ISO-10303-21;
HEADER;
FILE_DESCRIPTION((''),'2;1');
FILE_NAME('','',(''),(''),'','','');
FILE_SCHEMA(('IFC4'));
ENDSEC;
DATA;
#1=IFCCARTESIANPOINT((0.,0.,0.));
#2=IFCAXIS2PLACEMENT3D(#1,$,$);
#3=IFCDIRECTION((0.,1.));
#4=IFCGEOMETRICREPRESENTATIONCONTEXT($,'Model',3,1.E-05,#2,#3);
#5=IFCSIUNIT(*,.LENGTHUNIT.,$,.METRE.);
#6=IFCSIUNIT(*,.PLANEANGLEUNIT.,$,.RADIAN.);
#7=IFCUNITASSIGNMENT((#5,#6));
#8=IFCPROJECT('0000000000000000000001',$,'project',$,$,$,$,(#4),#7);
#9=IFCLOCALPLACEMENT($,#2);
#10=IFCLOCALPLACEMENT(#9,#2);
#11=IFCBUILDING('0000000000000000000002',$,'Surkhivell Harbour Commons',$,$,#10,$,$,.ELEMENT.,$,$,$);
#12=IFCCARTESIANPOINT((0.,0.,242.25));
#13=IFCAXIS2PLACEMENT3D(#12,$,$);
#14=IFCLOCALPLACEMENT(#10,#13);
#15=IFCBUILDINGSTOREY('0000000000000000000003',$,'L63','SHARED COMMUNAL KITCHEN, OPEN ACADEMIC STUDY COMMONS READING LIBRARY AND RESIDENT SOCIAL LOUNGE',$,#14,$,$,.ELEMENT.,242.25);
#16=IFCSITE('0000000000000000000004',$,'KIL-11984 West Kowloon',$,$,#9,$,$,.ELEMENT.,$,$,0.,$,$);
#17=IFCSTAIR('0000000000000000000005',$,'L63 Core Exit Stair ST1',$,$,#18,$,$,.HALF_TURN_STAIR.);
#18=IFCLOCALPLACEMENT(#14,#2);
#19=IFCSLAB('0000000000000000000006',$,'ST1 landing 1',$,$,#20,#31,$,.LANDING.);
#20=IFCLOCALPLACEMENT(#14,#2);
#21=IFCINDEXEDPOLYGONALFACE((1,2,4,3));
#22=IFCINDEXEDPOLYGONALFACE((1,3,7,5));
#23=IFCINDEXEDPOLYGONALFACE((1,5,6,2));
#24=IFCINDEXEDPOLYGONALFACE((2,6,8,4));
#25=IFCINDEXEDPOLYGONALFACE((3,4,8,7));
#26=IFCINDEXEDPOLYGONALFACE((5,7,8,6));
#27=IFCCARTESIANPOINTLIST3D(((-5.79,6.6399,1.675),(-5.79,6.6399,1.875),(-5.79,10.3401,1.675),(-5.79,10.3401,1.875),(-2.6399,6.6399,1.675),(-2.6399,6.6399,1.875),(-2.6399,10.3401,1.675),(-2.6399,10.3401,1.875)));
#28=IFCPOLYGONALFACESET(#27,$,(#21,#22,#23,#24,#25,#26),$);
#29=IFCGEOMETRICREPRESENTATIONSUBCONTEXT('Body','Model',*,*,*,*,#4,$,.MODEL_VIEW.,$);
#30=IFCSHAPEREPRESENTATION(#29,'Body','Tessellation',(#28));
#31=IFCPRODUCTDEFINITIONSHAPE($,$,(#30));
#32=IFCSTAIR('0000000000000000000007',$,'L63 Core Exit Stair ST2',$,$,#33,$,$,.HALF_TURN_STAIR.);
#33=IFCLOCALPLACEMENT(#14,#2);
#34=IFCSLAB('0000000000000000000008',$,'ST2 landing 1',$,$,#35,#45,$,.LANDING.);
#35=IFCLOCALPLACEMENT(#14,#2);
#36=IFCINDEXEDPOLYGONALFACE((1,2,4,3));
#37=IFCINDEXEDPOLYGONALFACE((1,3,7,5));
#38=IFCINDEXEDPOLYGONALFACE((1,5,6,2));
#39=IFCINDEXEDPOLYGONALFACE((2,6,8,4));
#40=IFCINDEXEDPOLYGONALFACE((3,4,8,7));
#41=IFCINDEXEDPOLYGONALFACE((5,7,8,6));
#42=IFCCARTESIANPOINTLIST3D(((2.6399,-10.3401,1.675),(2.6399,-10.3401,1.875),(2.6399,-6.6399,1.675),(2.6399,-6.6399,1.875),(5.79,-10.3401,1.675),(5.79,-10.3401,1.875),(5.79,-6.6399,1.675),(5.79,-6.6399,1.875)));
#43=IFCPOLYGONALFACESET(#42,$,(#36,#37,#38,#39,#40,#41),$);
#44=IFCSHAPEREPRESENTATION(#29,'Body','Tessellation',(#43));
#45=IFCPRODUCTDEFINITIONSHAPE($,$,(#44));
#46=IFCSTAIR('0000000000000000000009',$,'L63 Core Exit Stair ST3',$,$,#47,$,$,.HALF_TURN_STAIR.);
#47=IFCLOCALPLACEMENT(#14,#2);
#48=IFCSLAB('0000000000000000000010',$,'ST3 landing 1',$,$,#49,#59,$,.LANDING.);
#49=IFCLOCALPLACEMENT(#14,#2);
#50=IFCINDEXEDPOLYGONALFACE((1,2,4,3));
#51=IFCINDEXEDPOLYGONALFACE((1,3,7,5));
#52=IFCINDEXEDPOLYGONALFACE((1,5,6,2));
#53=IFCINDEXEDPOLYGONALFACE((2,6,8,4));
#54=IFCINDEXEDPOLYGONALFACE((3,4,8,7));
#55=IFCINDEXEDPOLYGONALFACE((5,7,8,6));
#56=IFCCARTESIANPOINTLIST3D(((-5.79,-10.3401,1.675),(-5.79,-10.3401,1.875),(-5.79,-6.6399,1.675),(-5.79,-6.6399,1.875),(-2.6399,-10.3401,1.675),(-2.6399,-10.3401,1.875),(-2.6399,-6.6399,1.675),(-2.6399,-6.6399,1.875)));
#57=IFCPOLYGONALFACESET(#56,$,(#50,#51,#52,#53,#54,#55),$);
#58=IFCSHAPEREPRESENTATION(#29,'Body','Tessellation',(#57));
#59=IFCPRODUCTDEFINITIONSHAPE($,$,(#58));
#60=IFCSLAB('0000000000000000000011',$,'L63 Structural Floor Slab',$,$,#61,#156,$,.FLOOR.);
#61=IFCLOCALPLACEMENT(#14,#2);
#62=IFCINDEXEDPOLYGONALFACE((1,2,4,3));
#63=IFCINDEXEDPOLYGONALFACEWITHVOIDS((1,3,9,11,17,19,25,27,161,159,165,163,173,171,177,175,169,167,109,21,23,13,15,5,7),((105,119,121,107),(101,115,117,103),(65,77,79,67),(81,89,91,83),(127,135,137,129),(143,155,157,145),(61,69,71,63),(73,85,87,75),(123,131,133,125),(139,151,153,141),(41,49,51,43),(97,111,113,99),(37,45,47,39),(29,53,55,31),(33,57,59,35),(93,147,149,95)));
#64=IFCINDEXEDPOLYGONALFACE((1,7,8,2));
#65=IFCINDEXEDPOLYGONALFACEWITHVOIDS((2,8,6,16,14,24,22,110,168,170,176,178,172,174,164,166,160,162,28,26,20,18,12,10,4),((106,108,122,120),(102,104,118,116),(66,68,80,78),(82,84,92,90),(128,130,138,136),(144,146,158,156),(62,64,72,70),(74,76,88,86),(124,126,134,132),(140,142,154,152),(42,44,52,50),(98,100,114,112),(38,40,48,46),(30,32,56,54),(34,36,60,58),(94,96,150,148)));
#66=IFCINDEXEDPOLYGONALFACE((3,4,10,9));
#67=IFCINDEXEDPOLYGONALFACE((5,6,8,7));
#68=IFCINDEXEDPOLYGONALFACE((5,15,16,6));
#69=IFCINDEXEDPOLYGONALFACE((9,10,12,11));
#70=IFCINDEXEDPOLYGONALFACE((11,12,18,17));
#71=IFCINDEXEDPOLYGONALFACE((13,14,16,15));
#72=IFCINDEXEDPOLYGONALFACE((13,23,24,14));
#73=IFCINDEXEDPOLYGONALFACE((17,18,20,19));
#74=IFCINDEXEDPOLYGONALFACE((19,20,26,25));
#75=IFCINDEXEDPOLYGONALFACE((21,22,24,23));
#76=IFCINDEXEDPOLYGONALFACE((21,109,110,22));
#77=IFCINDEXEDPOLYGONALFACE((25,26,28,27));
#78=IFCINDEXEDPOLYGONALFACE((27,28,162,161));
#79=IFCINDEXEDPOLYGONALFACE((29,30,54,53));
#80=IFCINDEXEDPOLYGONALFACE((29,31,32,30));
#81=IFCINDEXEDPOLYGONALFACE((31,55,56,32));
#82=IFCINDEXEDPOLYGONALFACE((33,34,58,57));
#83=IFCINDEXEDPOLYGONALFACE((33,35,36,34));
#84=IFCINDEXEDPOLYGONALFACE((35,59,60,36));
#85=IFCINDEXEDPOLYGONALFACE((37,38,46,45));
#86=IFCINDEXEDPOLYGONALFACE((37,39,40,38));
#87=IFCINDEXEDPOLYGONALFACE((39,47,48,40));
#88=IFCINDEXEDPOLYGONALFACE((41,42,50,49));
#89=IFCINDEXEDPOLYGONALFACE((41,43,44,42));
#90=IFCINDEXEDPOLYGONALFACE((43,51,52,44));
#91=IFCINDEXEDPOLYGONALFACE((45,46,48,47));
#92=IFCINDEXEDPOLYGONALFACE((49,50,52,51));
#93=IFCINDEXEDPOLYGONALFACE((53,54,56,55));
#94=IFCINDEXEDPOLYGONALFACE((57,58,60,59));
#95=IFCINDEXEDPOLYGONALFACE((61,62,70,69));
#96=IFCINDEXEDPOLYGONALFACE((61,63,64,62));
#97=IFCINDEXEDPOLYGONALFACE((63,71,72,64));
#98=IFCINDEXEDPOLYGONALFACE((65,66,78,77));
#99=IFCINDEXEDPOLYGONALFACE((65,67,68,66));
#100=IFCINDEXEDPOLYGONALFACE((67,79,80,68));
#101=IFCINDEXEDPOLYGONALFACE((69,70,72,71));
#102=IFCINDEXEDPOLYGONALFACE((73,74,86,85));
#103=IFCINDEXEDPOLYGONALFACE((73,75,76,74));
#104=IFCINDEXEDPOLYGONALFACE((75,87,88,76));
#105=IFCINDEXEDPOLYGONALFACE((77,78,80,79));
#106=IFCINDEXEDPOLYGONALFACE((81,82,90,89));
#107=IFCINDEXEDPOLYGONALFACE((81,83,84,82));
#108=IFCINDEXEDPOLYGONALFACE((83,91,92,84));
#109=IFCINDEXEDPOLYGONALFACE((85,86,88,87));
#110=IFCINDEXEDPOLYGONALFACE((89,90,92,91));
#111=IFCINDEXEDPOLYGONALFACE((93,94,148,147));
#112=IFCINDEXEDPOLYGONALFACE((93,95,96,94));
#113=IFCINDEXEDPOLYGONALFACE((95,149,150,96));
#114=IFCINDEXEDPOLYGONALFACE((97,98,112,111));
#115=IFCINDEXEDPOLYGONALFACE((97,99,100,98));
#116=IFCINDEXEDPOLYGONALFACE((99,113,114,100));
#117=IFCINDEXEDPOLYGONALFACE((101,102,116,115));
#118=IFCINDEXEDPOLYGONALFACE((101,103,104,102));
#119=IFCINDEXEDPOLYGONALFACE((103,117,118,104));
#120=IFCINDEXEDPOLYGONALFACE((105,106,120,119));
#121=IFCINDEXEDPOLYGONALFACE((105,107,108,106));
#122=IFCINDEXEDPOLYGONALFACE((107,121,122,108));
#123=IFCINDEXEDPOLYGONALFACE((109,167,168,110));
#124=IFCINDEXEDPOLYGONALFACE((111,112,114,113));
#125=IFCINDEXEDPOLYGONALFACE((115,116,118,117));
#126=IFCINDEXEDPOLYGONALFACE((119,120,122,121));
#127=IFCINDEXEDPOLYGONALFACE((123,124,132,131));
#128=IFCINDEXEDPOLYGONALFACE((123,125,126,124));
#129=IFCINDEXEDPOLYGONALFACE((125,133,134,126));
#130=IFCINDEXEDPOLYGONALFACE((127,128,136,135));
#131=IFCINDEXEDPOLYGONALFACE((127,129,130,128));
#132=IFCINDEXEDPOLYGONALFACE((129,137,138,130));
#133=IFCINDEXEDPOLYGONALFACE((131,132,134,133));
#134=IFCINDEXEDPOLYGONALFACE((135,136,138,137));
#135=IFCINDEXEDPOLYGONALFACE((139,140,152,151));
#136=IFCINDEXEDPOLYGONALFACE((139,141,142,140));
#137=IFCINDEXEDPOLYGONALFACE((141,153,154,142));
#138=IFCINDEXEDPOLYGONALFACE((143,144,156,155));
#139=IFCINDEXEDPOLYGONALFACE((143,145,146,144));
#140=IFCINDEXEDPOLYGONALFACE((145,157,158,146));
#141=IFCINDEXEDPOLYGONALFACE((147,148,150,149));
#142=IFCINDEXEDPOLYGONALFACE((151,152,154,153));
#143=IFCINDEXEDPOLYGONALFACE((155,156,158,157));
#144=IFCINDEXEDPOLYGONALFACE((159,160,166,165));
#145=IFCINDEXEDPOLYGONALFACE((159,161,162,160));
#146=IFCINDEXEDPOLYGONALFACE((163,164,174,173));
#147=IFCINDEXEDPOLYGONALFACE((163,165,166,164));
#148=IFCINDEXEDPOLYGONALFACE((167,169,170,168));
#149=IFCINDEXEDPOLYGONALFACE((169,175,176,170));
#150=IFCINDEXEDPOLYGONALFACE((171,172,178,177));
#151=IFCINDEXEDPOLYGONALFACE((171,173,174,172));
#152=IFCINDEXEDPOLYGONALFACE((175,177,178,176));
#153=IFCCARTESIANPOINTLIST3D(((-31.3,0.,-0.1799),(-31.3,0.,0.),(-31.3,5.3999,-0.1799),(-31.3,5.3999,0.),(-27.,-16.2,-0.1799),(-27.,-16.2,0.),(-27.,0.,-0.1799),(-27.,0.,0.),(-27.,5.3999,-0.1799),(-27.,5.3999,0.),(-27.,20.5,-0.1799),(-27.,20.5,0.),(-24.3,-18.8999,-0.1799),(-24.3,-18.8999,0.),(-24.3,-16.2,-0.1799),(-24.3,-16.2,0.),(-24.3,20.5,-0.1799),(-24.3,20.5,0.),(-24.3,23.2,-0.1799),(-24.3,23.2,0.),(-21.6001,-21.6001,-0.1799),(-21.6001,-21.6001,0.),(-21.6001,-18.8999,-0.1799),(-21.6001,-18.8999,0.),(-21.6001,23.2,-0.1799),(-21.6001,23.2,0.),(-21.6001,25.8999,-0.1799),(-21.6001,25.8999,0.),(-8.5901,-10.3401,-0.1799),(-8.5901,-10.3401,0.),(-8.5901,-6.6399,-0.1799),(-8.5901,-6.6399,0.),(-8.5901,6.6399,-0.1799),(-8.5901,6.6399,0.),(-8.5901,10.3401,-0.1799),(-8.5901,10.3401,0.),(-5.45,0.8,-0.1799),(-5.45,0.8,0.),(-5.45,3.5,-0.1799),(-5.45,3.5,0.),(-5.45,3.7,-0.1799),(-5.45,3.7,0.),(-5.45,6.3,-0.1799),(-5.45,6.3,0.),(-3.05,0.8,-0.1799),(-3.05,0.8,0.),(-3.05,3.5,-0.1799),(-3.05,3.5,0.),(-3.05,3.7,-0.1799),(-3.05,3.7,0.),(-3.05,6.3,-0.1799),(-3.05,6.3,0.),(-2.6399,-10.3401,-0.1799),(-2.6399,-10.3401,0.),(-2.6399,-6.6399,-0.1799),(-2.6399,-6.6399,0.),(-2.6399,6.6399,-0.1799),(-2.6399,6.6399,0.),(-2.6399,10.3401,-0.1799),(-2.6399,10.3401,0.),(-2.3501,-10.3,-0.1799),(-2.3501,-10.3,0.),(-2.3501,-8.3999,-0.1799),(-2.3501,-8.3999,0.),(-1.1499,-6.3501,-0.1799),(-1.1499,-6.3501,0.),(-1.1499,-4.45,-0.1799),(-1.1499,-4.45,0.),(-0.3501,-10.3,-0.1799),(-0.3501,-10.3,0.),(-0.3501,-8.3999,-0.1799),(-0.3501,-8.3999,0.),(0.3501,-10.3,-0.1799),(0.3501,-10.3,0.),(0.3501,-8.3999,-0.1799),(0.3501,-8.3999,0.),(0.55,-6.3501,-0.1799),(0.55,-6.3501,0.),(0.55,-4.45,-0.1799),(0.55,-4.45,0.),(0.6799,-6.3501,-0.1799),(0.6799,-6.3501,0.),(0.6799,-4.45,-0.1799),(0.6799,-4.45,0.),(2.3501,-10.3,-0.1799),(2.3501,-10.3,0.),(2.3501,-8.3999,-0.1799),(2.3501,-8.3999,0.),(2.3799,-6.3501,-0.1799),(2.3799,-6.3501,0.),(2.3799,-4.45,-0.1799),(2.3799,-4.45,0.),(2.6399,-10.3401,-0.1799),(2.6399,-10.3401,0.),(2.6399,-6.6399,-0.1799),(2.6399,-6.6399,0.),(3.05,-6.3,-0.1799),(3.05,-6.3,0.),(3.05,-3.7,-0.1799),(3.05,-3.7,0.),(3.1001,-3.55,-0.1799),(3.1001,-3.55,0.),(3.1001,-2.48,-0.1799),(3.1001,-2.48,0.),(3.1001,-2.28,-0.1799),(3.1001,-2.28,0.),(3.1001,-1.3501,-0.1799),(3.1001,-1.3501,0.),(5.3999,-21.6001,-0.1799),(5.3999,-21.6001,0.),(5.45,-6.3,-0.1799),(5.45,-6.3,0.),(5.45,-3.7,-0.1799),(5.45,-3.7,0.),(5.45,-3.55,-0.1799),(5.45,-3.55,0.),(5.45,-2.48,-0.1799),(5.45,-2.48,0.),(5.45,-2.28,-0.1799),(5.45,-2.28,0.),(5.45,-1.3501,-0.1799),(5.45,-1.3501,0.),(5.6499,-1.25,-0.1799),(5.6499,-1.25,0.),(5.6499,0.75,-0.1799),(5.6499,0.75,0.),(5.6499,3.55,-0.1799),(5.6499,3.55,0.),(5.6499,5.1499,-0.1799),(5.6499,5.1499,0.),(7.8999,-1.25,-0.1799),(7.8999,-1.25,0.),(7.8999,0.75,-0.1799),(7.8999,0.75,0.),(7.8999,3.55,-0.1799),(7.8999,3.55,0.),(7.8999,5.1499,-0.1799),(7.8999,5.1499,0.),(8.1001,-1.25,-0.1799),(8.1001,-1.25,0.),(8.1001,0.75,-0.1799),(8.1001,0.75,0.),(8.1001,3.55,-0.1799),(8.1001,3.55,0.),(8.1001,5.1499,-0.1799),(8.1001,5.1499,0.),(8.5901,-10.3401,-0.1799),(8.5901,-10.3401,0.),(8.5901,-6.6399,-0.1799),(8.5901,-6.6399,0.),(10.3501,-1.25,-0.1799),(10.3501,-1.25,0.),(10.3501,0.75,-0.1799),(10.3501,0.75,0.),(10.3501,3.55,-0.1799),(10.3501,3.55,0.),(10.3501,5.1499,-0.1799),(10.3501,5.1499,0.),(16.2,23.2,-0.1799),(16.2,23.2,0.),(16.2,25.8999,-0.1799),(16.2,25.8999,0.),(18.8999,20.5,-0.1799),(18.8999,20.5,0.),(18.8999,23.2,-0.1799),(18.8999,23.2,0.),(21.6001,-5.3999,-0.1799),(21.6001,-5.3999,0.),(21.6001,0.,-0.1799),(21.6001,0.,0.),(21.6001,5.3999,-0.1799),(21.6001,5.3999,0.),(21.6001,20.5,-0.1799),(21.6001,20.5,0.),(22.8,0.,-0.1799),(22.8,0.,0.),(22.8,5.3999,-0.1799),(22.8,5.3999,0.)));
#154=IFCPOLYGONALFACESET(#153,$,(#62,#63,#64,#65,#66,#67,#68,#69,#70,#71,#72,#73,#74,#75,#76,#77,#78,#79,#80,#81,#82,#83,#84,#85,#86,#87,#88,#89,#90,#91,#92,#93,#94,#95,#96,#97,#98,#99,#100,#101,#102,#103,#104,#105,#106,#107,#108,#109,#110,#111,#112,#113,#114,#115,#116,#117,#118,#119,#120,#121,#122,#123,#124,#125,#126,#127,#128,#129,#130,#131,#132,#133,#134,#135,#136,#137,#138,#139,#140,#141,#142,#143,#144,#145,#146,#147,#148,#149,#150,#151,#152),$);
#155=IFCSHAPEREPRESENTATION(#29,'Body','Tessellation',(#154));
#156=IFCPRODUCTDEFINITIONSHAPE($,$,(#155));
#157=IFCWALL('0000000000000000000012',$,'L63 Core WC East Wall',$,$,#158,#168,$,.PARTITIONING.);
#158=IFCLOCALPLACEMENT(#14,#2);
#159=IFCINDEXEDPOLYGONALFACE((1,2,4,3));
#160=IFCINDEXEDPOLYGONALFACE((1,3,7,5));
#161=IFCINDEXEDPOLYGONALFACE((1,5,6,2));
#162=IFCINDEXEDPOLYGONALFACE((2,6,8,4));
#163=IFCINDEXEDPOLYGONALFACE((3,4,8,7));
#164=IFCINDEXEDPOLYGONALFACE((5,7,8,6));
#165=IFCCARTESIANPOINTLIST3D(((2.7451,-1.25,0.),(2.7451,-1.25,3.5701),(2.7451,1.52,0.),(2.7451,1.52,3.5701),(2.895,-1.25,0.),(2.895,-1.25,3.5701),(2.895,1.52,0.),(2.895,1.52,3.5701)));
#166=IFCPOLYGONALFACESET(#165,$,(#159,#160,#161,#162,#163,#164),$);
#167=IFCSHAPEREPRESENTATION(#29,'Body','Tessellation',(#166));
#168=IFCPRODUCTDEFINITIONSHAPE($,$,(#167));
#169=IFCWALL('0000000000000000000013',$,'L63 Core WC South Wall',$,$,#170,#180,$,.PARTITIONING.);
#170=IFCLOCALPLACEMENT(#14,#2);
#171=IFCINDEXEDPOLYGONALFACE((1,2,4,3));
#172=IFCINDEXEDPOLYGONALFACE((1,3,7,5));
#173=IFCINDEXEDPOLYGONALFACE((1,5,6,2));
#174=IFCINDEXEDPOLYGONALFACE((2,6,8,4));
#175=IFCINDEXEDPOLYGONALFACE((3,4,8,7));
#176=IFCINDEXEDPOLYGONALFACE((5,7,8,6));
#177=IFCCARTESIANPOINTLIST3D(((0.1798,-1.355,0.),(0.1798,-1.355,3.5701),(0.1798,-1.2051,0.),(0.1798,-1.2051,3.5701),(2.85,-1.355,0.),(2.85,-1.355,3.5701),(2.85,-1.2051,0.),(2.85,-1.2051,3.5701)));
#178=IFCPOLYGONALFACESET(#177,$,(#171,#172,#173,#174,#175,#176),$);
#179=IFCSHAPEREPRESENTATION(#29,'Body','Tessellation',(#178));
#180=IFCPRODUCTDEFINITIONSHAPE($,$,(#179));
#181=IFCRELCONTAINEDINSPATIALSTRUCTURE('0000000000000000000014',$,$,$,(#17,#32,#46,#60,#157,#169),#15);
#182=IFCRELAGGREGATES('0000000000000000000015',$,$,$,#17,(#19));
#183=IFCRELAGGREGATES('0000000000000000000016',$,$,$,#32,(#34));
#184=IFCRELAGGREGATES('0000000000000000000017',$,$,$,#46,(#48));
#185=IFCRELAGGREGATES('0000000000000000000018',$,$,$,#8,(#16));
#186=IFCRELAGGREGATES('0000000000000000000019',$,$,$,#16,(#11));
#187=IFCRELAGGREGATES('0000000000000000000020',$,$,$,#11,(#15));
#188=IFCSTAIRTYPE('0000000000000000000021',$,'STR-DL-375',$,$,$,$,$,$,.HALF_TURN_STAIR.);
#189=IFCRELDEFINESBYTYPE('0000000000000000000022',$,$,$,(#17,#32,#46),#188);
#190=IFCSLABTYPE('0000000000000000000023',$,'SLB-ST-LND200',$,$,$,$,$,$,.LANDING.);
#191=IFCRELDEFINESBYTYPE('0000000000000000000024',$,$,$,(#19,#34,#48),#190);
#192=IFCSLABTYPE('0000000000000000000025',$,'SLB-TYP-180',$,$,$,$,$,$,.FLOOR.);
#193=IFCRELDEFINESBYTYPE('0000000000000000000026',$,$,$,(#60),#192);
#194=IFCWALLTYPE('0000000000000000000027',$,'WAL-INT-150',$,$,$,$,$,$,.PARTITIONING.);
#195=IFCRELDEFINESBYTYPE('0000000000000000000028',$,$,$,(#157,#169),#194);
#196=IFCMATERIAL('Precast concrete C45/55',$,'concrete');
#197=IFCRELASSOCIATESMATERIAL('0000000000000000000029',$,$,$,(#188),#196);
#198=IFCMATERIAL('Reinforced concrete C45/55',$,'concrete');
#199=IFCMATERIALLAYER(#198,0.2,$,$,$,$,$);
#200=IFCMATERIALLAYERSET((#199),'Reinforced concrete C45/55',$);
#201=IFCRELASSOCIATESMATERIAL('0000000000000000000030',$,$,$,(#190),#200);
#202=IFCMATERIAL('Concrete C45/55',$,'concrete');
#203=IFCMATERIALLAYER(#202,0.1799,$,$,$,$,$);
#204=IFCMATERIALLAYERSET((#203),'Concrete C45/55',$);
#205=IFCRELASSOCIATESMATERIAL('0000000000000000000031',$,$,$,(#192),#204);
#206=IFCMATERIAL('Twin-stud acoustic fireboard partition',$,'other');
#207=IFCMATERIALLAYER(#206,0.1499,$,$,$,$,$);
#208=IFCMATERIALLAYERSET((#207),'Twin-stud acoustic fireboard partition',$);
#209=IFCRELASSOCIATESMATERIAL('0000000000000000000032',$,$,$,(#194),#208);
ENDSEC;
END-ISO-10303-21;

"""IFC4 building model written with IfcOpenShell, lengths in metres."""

from ifc_helpers import new_model, si_unit, direction, frame, frame_2d, origin, place, context, subcontext, project, spatial, polyline, rectangle, outline, extrude, material, layer, layer_set, type_object, element, aggregate, save


model = new_model("IFC4")

# Units and contexts
model_context = context("Model", 3, precision=1e-05, world=origin(), true_north=direction((0.0, 1.0)))
body_context = subcontext(model_context, "Body", "Model", "MODEL_VIEW")
ifc_project = project(units=[si_unit("LENGTHUNIT", "METRE"), si_unit("PLANEANGLEUNIT", "RADIAN")], contexts=[model_context])

# Site, building, storey
site_placement = place(None, origin())
site = spatial("IfcSite", under=ifc_project, at=site_placement, Name="KIL-11984 West Kowloon", CompositionType="ELEMENT", RefElevation=0.0)
building_placement = place(site_placement, origin())
building = spatial("IfcBuilding", under=site, at=building_placement, Name="Surkhivell Harbour Commons", CompositionType="ELEMENT")
storey_placement = place(building_placement, frame((0.0, 0.0, 242.25)))
storey = spatial("IfcBuildingStorey", under=building, at=storey_placement, Name="L63", Description="SHARED COMMUNAL KITCHEN, OPEN ACADEMIC STUDY COMMONS READING LIBRARY AND RESIDENT SOCIAL LOUNGE", CompositionType="ELEMENT", Elevation=242.25)

# Stairs, slabs
ifc_material_1 = material(Name="Precast concrete C45/55", Category="concrete")
stair_type = type_object("IfcStairType", Name="STR-DL-375", PredefinedType="HALF_TURN_STAIR", material=ifc_material_1)
stair_1_placement = place(storey_placement, origin())
stair_1 = element("IfcStair", 1, at=stair_1_placement, inside=storey, type_object=stair_type, Name="L63 Core Exit Stair ST1", PredefinedType="HALF_TURN_STAIR")
ifc_material_2 = material(Name="Reinforced concrete C45/55", Category="concrete")
ifc_layer_1 = layer(ifc_material_2, 0.2)
ifc_layer_set_1 = layer_set([ifc_layer_1], Name="Reinforced concrete C45/55")
slab_type_1 = type_object("IfcSlabType", Name="SLB-ST-LND200", PredefinedType="LANDING", material=ifc_layer_set_1)
slab_1_placement = place(storey_placement, frame((0.0, 0.0, 1.675)))
slab_1 = element("IfcSlab", 2, at=slab_1_placement, type_object=slab_type_1, Name="ST1 landing 1", PredefinedType="LANDING", context=body_context, shape_type="SweptSolid", body=[
    extrude(outline(polyline([(-5.79, 6.6399), (-2.6399, 6.6399), (-2.6399, 10.3401), (-5.79, 10.3401), (-5.79, 6.6399)])), origin(), (0.0, 0.0, 1.0), 0.2),
])
aggregate(stair_1, [slab_1])
stair_2_placement = place(storey_placement, origin())
stair_2 = element("IfcStair", 3, at=stair_2_placement, inside=storey, type_object=stair_type, Name="L63 Core Exit Stair ST2", PredefinedType="HALF_TURN_STAIR")
slab_2_placement = place(storey_placement, frame((0.0, 0.0, 1.675)))
slab_2 = element("IfcSlab", 4, at=slab_2_placement, type_object=slab_type_1, Name="ST2 landing 1", PredefinedType="LANDING", context=body_context, shape_type="SweptSolid", body=[
    extrude(outline(polyline([(5.79, -6.6399), (2.6399, -6.6399), (2.6399, -10.3401), (5.79, -10.3401), (5.79, -6.6399)])), origin(), (0.0, 0.0, 1.0), 0.2),
])
aggregate(stair_2, [slab_2])
stair_3_placement = place(storey_placement, origin())
stair_3 = element("IfcStair", 5, at=stair_3_placement, inside=storey, type_object=stair_type, Name="L63 Core Exit Stair ST3", PredefinedType="HALF_TURN_STAIR")
slab_3_placement = place(storey_placement, frame((0.0, 0.0, 1.675)))
slab_3 = element("IfcSlab", 6, at=slab_3_placement, type_object=slab_type_1, Name="ST3 landing 1", PredefinedType="LANDING", context=body_context, shape_type="SweptSolid", body=[
    extrude(outline(polyline([(-5.79, -10.3401), (-2.6399, -10.3401), (-2.6399, -6.6399), (-5.79, -6.6399), (-5.79, -10.3401)])), origin(), (0.0, 0.0, 1.0), 0.2),
])
aggregate(stair_3, [slab_3])

# Slab
ifc_material_3 = material(Name="Concrete C45/55", Category="concrete")
ifc_layer_2 = layer(ifc_material_3, 0.1799)
ifc_layer_set_2 = layer_set([ifc_layer_2], Name="Concrete C45/55")
slab_type_2 = type_object("IfcSlabType", Name="SLB-TYP-180", PredefinedType="FLOOR", material=ifc_layer_set_2)
slab_4_placement = place(storey_placement, frame((0.0, 0.0, -0.1799)))
element("IfcSlab", 7, at=slab_4_placement, inside=storey, type_object=slab_type_2, Name="L63 Structural Floor Slab", PredefinedType="FLOOR", context=body_context, shape_type="SweptSolid", body=[
    extrude(outline(polyline([(-27.0, 20.5), (-27.0, 5.3999), (-31.3, 5.3999), (-31.3, 0.0), (-27.0, 0.0), (-27.0, -16.2), (-24.3, -16.2), (-24.3, -18.8999), (-21.6001, -18.8999), (-21.6001, -21.6001), (5.3999, -21.6001), (21.6001, -5.3999), (21.6001, 0.0), (22.8, 0.0), (22.8, 5.3999), (21.6001, 5.3999), (21.6001, 20.5), (18.8999, 20.5), (18.8999, 23.2), (16.2, 23.2), (16.2, 25.8999), (-21.6001, 25.8999), (-21.6001, 23.2), (-24.3, 23.2), (-24.3, 20.5), (-27.0, 20.5)]), holes=[polyline([(-8.5901, 6.6399), (-2.6399, 6.6399), (-2.6399, 10.3401), (-8.5901, 10.3401), (-8.5901, 6.6399)]), polyline([(8.5901, -6.6399), (2.6399, -6.6399), (2.6399, -10.3401), (8.5901, -10.3401), (8.5901, -6.6399)]), polyline([(-8.5901, -10.3401), (-2.6399, -10.3401), (-2.6399, -6.6399), (-8.5901, -6.6399), (-8.5901, -10.3401)]), polyline([(5.6499, 3.55), (7.8999, 3.55), (7.8999, 5.1499), (5.6499, 5.1499), (5.6499, 3.55)]), polyline([(8.1001, 3.55), (10.3501, 3.55), (10.3501, 5.1499), (8.1001, 5.1499), (8.1001, 3.55)]), polyline([(5.6499, -1.25), (7.8999, -1.25), (7.8999, 0.75), (5.6499, 0.75), (5.6499, -1.25)]), polyline([(8.1001, -1.25), (10.3501, -1.25), (10.3501, 0.75), (8.1001, 0.75), (8.1001, -1.25)]), polyline([(-1.1499, -6.3501), (0.55, -6.3501), (0.55, -4.45), (-1.1499, -4.45), (-1.1499, -6.3501)]), polyline([(0.6799, -6.3501), (2.3799, -6.3501), (2.3799, -4.45), (0.6799, -4.45), (0.6799, -6.3501)]), polyline([(-2.3501, -10.3), (-0.3501, -10.3), (-0.3501, -8.3999), (-2.3501, -8.3999), (-2.3501, -10.3)]), polyline([(0.3501, -10.3), (2.3501, -10.3), (2.3501, -8.3999), (0.3501, -8.3999), (0.3501, -10.3)]), polyline([(-5.45, 3.7), (-3.05, 3.7), (-3.05, 6.3), (-5.45, 6.3), (-5.45, 3.7)]), polyline([(3.05, -6.3), (5.45, -6.3), (5.45, -3.7), (3.05, -3.7), (3.05, -6.3)]), polyline([(-5.45, 0.8), (-3.05, 0.8), (-3.05, 3.5), (-5.45, 3.5), (-5.45, 0.8)]), polyline([(3.1001, -3.55), (5.45, -3.55), (5.45, -2.48), (3.1001, -2.48), (3.1001, -3.55)]), polyline([(3.1001, -2.28), (5.45, -2.28), (5.45, -1.3501), (3.1001, -1.3501), (3.1001, -2.28)])]), origin(), (0.0, 0.0, 1.0), 0.1799),
])

# Walls
ifc_material_4 = material(Name="Twin-stud acoustic fireboard partition", Category="other")
ifc_layer_3 = layer(ifc_material_4, 0.1499)
ifc_layer_set_3 = layer_set([ifc_layer_3], Name="Twin-stud acoustic fireboard partition")
wall_type_1 = type_object("IfcWallType", Name="WAL-INT-150", PredefinedType="PARTITIONING", material=ifc_layer_set_3)
wall_1_placement = place(storey_placement, frame((2.8201, -1.25, 0.0), z_axis=(0.0, 0.0, 1.0), x_axis=(0.0, 1.0, 0.0)))
element("IfcWall", 8, at=wall_1_placement, inside=storey, type_object=wall_type_1, Name="L63 Core WC East Wall", PredefinedType="PARTITIONING", context=body_context, shape_type="SweptSolid", body=[
    extrude(rectangle(XDim=2.77, YDim=0.1499, at=frame_2d((1.385, 0.0))), origin(), (0.0, 0.0, 1.0), 3.5701),
])
wall_2_placement = place(storey_placement, frame((0.1799, -1.28, 0.0), z_axis=(0.0, 0.0, 1.0), x_axis=(1.0, 0.0, 0.0)))
element("IfcWall", 9, at=wall_2_placement, inside=storey, type_object=wall_type_1, Name="L63 Core WC South Wall", PredefinedType="PARTITIONING", context=body_context, shape_type="SweptSolid", body=[
    extrude(rectangle(XDim=2.6702, YDim=0.1499, at=frame_2d((1.335, 0.0))), origin(), (0.0, 0.0, 1.0), 3.5701),
])

save(model, "model.ifc")
